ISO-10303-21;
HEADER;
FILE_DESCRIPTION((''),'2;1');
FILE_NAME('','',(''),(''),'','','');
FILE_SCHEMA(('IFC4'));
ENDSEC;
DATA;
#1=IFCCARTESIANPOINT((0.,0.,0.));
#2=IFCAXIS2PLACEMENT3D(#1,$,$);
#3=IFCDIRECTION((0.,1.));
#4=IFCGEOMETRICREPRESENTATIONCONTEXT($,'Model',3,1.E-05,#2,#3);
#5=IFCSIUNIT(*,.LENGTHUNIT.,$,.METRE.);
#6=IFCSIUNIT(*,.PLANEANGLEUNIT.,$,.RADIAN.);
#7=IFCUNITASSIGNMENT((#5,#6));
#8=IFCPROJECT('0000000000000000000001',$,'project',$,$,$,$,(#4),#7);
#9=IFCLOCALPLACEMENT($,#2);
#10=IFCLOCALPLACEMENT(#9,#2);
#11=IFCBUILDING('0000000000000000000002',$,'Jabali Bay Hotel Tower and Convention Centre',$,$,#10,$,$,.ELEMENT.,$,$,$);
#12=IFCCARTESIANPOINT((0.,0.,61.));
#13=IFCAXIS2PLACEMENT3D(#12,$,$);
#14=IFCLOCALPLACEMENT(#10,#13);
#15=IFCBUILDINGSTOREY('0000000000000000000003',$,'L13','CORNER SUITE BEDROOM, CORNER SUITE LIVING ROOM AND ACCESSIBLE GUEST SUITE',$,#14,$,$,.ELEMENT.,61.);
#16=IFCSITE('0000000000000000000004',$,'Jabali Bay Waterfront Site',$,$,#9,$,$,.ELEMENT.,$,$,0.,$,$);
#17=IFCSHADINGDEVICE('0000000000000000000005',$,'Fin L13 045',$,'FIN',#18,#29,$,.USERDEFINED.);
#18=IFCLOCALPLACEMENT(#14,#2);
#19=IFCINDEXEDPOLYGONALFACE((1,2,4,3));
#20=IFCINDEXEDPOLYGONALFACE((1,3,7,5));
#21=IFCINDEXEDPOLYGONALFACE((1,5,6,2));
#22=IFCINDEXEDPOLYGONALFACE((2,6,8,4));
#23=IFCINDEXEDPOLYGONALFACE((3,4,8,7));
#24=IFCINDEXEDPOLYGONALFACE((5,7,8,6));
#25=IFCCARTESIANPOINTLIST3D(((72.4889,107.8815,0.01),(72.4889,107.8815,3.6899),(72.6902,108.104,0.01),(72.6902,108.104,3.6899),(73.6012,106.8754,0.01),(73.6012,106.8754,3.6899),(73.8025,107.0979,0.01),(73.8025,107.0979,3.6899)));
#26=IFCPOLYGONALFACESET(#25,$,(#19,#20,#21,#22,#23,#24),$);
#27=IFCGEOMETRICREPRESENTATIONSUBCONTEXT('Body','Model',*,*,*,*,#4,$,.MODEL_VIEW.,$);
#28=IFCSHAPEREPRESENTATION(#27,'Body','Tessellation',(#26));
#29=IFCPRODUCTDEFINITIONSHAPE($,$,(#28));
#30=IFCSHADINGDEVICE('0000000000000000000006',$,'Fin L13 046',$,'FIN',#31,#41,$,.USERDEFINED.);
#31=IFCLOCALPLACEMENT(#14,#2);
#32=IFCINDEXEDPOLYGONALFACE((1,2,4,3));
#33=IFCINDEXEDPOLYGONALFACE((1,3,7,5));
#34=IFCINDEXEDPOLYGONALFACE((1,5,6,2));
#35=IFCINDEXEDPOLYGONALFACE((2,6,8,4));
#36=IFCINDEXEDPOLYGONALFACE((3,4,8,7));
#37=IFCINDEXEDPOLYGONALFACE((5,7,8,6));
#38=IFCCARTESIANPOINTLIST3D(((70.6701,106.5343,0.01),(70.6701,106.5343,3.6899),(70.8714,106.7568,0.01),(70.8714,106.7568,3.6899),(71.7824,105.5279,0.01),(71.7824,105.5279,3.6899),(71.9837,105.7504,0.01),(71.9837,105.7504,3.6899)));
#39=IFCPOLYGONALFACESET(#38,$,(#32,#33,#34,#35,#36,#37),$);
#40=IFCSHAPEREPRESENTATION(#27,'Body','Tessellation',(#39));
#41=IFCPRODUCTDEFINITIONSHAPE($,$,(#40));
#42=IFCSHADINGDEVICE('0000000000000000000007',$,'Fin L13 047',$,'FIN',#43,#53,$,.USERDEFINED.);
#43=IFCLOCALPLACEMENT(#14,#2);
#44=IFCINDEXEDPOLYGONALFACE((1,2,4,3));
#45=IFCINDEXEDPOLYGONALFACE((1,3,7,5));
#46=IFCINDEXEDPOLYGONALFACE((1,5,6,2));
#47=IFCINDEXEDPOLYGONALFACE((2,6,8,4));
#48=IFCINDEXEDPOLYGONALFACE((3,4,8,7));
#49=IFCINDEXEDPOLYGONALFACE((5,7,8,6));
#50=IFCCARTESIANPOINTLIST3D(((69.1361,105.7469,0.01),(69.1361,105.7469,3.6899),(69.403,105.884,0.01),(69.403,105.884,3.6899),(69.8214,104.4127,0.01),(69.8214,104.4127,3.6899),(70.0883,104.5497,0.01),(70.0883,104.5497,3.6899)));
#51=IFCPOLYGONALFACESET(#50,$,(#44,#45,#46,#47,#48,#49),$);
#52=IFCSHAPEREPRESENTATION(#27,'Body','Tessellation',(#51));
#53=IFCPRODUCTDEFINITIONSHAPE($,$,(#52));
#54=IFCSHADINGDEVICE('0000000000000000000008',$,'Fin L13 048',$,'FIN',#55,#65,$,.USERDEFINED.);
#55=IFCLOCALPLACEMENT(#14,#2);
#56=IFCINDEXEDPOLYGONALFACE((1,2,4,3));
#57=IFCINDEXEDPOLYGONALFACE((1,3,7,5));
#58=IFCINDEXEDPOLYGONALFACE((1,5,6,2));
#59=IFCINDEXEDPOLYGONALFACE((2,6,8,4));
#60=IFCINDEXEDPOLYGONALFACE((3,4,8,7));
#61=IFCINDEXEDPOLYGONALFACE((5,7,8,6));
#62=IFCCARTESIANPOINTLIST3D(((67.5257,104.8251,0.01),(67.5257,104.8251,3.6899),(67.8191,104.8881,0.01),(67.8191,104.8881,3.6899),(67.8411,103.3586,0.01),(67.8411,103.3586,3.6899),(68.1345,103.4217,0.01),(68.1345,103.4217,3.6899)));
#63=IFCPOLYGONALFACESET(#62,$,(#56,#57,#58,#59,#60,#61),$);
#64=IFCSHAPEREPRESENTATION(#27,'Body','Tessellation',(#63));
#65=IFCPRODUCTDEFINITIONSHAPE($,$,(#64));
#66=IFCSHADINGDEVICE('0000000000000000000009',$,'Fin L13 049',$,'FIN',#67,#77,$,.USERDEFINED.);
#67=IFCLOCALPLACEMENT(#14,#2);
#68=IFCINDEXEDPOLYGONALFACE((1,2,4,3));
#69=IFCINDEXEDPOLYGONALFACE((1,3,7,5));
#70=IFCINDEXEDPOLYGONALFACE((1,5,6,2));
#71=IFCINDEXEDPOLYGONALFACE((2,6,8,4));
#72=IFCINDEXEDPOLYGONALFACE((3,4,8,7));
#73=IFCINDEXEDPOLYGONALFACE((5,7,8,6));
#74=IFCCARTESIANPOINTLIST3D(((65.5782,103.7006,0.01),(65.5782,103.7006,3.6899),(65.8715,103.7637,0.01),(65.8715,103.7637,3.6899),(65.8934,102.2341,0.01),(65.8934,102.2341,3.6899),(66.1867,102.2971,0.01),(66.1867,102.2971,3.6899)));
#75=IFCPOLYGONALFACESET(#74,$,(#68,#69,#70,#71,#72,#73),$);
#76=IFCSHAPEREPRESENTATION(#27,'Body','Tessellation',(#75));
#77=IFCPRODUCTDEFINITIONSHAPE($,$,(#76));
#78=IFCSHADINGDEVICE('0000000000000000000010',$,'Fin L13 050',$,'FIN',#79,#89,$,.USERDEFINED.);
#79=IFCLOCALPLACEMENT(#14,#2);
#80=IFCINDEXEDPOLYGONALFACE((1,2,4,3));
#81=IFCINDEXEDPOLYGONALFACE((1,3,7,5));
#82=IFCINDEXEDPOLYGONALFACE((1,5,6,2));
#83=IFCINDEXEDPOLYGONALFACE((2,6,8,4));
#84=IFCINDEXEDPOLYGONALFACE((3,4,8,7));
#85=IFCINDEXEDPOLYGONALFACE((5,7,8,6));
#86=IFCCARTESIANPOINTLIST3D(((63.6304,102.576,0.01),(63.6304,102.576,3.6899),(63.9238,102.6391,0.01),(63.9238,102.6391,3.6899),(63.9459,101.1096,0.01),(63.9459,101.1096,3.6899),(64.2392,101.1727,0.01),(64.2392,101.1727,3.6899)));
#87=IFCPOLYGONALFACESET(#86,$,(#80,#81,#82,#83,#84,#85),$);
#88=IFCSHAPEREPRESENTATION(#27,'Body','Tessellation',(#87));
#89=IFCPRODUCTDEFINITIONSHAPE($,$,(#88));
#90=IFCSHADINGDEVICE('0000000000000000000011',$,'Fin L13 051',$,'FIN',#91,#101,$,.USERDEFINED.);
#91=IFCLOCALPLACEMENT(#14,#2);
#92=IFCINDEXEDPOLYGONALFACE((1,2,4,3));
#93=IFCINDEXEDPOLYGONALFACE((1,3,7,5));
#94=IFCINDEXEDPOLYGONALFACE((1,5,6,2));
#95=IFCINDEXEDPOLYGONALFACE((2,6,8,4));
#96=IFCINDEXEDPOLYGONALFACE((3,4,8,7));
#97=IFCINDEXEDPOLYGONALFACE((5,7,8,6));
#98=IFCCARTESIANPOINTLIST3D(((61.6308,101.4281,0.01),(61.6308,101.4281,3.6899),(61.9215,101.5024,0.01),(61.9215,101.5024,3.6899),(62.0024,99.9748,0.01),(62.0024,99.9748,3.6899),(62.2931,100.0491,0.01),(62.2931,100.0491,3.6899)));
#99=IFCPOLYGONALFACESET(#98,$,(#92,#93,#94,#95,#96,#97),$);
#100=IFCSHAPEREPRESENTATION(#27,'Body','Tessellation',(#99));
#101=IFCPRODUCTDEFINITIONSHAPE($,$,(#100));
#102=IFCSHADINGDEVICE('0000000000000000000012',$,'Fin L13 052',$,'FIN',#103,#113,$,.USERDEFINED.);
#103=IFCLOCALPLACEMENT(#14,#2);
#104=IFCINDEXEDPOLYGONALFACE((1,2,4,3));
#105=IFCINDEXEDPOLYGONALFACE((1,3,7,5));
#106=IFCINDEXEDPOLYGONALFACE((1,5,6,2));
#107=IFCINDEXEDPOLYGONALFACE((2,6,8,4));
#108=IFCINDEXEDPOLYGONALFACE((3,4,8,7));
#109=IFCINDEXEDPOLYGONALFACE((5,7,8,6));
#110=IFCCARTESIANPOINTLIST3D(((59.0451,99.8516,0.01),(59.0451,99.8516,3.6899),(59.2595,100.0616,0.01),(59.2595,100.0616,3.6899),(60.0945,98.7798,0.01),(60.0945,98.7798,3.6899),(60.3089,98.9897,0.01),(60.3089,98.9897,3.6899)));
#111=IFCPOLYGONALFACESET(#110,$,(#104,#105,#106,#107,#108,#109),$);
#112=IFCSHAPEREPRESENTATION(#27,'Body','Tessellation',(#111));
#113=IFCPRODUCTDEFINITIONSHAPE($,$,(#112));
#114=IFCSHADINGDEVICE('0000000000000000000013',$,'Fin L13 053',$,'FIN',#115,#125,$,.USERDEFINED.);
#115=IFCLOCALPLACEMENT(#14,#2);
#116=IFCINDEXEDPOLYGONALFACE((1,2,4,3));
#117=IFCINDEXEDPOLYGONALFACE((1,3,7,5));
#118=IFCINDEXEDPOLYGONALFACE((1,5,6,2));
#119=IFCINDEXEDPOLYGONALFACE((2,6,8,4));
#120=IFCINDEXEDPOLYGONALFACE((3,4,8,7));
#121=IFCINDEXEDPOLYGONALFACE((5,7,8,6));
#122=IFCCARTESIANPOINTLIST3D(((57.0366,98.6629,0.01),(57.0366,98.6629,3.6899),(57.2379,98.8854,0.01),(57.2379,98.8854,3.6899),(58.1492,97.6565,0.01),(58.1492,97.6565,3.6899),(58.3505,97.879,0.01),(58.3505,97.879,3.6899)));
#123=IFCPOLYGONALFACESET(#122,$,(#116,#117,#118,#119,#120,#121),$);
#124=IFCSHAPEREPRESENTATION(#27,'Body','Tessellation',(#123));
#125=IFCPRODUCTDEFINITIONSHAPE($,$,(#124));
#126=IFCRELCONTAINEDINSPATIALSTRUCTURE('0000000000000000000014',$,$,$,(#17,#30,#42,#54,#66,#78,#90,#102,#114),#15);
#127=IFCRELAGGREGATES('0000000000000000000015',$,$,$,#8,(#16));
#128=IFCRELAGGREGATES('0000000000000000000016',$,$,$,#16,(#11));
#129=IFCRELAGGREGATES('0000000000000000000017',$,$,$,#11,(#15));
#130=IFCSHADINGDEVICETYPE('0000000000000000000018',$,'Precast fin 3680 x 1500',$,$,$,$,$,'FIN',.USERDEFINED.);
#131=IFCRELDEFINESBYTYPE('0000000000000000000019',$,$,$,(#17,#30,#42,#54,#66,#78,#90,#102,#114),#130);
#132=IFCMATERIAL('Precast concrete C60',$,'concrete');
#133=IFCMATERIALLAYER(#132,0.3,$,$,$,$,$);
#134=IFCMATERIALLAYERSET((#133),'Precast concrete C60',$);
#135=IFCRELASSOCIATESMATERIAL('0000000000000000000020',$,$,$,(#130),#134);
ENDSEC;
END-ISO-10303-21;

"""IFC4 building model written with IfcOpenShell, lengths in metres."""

from ifc_helpers import new_model, si_unit, direction, frame, frame_2d, origin, place, context, subcontext, project, spatial, rectangle, extrude, material, layer, layer_set, type_object, element, save


model = new_model("IFC4")

# Units and contexts
model_context = context("Model", 3, precision=1e-05, world=origin(), true_north=direction((0.0, 1.0)))
body_context = subcontext(model_context, "Body", "Model", "MODEL_VIEW")
ifc_project = project(units=[si_unit("LENGTHUNIT", "METRE"), si_unit("PLANEANGLEUNIT", "RADIAN")], contexts=[model_context])

# Site, building, storey
site_placement = place(None, origin())
site = spatial("IfcSite", under=ifc_project, at=site_placement, Name="Jabali Bay Waterfront Site", CompositionType="ELEMENT", RefElevation=0.0)
building_placement = place(site_placement, origin())
building = spatial("IfcBuilding", under=site, at=building_placement, Name="Jabali Bay Hotel Tower and Convention Centre", CompositionType="ELEMENT")
storey_placement = place(building_placement, frame((0.0, 0.0, 61.0)))
storey = spatial("IfcBuildingStorey", under=building, at=storey_placement, Name="L13", Description="CORNER SUITE BEDROOM, CORNER SUITE LIVING ROOM AND ACCESSIBLE GUEST SUITE", CompositionType="ELEMENT", Elevation=61.0)

# Shading devices
ifc_material_1 = material(Name="Precast concrete C60", Category="concrete")
ifc_layer_1 = layer(ifc_material_1, 0.3)
ifc_layer_set_1 = layer_set([ifc_layer_1], Name="Precast concrete C60")
shading_device_type = type_object("IfcShadingDeviceType", Name="Precast fin 3680 x 1500", ElementType="FIN", PredefinedType="USERDEFINED", material=ifc_layer_set_1)
shading_device_1_placement = place(storey_placement, frame((73.7019, 106.9866, 0.01), z_axis=(0.0, 0.0, 1.0), x_axis=(-0.741624, 0.670815, 0.0)))
element("IfcShadingDevice", 1, at=shading_device_1_placement, inside=storey, type_object=shading_device_type, Name="Fin L13 045", ObjectType="FIN", PredefinedType="USERDEFINED", context=body_context, shape_type="SweptSolid", body=[
    extrude(rectangle(XDim=1.4998, YDim=0.3, at=frame_2d((0.75, 0.0))), origin(), (0.0, 0.0, 1.0), 3.6799),
])
for number, where, z_axis, x_axis, name in (
    (2, (71.8831, 105.6392, 0.01), (0.0, 0.0, 1.0), (-0.741543, 0.670905, 0.0), "Fin L13 046"),
    (3, (69.9548, 104.4812, 0.01), (0.0, 0.0, 1.0), (-0.456888, 0.889524, 0.0), "Fin L13 047"),
    (4, (67.9878, 103.3901, 0.01), (0.0, 0.0, 1.0), (-0.210274, 0.977643, 0.0), "Fin L13 048"),
    (5, (66.04, 102.2656, 0.01), (0.0, 0.0, 1.0), (-0.210118, 0.977676, 0.0), "Fin L13 049"),
    (6, (64.0925, 101.1411, 0.01), (0.0, 0.0, 1.0), (-0.210274, 0.977643, 0.0), "Fin L13 050"),
    (7, (62.1477, 100.012, 0.01), (0.0, 0.0, 1.0), (-0.247702, 0.968836, 0.0), "Fin L13 051"),
    (8, (60.2017, 98.8848, 0.01), (0.0, 0.0, 1.0), (-0.69958, 0.714554, 0.0), "Fin L13 052"),
):
    element("IfcShadingDevice", number, at=place(storey_placement, frame(where, z_axis=z_axis, x_axis=x_axis)), inside=storey, type_object=shading_device_type, Name=name, ObjectType="FIN", PredefinedType="USERDEFINED", context=body_context, shape_type="SweptSolid", body=[
        extrude(rectangle(XDim=1.5, YDim=0.3, at=frame_2d((0.75, 0.0))), origin(), (0.0, 0.0, 1.0), 3.6799),
    ])
shading_device_2_placement = place(storey_placement, frame((58.2498, 97.7678, 0.01), z_axis=(0.0, 0.0, 1.0), x_axis=(-0.741617, 0.670824, 0.0)))
element("IfcShadingDevice", 9, at=shading_device_2_placement, inside=storey, type_object=shading_device_type, Name="Fin L13 053", ObjectType="FIN", PredefinedType="USERDEFINED", context=body_context, shape_type="SweptSolid", body=[
    extrude(rectangle(XDim=1.5002, YDim=0.3, at=frame_2d((0.75, 0.0))), origin(), (0.0, 0.0, 1.0), 3.6799),
])

save(model, "model.ifc")
